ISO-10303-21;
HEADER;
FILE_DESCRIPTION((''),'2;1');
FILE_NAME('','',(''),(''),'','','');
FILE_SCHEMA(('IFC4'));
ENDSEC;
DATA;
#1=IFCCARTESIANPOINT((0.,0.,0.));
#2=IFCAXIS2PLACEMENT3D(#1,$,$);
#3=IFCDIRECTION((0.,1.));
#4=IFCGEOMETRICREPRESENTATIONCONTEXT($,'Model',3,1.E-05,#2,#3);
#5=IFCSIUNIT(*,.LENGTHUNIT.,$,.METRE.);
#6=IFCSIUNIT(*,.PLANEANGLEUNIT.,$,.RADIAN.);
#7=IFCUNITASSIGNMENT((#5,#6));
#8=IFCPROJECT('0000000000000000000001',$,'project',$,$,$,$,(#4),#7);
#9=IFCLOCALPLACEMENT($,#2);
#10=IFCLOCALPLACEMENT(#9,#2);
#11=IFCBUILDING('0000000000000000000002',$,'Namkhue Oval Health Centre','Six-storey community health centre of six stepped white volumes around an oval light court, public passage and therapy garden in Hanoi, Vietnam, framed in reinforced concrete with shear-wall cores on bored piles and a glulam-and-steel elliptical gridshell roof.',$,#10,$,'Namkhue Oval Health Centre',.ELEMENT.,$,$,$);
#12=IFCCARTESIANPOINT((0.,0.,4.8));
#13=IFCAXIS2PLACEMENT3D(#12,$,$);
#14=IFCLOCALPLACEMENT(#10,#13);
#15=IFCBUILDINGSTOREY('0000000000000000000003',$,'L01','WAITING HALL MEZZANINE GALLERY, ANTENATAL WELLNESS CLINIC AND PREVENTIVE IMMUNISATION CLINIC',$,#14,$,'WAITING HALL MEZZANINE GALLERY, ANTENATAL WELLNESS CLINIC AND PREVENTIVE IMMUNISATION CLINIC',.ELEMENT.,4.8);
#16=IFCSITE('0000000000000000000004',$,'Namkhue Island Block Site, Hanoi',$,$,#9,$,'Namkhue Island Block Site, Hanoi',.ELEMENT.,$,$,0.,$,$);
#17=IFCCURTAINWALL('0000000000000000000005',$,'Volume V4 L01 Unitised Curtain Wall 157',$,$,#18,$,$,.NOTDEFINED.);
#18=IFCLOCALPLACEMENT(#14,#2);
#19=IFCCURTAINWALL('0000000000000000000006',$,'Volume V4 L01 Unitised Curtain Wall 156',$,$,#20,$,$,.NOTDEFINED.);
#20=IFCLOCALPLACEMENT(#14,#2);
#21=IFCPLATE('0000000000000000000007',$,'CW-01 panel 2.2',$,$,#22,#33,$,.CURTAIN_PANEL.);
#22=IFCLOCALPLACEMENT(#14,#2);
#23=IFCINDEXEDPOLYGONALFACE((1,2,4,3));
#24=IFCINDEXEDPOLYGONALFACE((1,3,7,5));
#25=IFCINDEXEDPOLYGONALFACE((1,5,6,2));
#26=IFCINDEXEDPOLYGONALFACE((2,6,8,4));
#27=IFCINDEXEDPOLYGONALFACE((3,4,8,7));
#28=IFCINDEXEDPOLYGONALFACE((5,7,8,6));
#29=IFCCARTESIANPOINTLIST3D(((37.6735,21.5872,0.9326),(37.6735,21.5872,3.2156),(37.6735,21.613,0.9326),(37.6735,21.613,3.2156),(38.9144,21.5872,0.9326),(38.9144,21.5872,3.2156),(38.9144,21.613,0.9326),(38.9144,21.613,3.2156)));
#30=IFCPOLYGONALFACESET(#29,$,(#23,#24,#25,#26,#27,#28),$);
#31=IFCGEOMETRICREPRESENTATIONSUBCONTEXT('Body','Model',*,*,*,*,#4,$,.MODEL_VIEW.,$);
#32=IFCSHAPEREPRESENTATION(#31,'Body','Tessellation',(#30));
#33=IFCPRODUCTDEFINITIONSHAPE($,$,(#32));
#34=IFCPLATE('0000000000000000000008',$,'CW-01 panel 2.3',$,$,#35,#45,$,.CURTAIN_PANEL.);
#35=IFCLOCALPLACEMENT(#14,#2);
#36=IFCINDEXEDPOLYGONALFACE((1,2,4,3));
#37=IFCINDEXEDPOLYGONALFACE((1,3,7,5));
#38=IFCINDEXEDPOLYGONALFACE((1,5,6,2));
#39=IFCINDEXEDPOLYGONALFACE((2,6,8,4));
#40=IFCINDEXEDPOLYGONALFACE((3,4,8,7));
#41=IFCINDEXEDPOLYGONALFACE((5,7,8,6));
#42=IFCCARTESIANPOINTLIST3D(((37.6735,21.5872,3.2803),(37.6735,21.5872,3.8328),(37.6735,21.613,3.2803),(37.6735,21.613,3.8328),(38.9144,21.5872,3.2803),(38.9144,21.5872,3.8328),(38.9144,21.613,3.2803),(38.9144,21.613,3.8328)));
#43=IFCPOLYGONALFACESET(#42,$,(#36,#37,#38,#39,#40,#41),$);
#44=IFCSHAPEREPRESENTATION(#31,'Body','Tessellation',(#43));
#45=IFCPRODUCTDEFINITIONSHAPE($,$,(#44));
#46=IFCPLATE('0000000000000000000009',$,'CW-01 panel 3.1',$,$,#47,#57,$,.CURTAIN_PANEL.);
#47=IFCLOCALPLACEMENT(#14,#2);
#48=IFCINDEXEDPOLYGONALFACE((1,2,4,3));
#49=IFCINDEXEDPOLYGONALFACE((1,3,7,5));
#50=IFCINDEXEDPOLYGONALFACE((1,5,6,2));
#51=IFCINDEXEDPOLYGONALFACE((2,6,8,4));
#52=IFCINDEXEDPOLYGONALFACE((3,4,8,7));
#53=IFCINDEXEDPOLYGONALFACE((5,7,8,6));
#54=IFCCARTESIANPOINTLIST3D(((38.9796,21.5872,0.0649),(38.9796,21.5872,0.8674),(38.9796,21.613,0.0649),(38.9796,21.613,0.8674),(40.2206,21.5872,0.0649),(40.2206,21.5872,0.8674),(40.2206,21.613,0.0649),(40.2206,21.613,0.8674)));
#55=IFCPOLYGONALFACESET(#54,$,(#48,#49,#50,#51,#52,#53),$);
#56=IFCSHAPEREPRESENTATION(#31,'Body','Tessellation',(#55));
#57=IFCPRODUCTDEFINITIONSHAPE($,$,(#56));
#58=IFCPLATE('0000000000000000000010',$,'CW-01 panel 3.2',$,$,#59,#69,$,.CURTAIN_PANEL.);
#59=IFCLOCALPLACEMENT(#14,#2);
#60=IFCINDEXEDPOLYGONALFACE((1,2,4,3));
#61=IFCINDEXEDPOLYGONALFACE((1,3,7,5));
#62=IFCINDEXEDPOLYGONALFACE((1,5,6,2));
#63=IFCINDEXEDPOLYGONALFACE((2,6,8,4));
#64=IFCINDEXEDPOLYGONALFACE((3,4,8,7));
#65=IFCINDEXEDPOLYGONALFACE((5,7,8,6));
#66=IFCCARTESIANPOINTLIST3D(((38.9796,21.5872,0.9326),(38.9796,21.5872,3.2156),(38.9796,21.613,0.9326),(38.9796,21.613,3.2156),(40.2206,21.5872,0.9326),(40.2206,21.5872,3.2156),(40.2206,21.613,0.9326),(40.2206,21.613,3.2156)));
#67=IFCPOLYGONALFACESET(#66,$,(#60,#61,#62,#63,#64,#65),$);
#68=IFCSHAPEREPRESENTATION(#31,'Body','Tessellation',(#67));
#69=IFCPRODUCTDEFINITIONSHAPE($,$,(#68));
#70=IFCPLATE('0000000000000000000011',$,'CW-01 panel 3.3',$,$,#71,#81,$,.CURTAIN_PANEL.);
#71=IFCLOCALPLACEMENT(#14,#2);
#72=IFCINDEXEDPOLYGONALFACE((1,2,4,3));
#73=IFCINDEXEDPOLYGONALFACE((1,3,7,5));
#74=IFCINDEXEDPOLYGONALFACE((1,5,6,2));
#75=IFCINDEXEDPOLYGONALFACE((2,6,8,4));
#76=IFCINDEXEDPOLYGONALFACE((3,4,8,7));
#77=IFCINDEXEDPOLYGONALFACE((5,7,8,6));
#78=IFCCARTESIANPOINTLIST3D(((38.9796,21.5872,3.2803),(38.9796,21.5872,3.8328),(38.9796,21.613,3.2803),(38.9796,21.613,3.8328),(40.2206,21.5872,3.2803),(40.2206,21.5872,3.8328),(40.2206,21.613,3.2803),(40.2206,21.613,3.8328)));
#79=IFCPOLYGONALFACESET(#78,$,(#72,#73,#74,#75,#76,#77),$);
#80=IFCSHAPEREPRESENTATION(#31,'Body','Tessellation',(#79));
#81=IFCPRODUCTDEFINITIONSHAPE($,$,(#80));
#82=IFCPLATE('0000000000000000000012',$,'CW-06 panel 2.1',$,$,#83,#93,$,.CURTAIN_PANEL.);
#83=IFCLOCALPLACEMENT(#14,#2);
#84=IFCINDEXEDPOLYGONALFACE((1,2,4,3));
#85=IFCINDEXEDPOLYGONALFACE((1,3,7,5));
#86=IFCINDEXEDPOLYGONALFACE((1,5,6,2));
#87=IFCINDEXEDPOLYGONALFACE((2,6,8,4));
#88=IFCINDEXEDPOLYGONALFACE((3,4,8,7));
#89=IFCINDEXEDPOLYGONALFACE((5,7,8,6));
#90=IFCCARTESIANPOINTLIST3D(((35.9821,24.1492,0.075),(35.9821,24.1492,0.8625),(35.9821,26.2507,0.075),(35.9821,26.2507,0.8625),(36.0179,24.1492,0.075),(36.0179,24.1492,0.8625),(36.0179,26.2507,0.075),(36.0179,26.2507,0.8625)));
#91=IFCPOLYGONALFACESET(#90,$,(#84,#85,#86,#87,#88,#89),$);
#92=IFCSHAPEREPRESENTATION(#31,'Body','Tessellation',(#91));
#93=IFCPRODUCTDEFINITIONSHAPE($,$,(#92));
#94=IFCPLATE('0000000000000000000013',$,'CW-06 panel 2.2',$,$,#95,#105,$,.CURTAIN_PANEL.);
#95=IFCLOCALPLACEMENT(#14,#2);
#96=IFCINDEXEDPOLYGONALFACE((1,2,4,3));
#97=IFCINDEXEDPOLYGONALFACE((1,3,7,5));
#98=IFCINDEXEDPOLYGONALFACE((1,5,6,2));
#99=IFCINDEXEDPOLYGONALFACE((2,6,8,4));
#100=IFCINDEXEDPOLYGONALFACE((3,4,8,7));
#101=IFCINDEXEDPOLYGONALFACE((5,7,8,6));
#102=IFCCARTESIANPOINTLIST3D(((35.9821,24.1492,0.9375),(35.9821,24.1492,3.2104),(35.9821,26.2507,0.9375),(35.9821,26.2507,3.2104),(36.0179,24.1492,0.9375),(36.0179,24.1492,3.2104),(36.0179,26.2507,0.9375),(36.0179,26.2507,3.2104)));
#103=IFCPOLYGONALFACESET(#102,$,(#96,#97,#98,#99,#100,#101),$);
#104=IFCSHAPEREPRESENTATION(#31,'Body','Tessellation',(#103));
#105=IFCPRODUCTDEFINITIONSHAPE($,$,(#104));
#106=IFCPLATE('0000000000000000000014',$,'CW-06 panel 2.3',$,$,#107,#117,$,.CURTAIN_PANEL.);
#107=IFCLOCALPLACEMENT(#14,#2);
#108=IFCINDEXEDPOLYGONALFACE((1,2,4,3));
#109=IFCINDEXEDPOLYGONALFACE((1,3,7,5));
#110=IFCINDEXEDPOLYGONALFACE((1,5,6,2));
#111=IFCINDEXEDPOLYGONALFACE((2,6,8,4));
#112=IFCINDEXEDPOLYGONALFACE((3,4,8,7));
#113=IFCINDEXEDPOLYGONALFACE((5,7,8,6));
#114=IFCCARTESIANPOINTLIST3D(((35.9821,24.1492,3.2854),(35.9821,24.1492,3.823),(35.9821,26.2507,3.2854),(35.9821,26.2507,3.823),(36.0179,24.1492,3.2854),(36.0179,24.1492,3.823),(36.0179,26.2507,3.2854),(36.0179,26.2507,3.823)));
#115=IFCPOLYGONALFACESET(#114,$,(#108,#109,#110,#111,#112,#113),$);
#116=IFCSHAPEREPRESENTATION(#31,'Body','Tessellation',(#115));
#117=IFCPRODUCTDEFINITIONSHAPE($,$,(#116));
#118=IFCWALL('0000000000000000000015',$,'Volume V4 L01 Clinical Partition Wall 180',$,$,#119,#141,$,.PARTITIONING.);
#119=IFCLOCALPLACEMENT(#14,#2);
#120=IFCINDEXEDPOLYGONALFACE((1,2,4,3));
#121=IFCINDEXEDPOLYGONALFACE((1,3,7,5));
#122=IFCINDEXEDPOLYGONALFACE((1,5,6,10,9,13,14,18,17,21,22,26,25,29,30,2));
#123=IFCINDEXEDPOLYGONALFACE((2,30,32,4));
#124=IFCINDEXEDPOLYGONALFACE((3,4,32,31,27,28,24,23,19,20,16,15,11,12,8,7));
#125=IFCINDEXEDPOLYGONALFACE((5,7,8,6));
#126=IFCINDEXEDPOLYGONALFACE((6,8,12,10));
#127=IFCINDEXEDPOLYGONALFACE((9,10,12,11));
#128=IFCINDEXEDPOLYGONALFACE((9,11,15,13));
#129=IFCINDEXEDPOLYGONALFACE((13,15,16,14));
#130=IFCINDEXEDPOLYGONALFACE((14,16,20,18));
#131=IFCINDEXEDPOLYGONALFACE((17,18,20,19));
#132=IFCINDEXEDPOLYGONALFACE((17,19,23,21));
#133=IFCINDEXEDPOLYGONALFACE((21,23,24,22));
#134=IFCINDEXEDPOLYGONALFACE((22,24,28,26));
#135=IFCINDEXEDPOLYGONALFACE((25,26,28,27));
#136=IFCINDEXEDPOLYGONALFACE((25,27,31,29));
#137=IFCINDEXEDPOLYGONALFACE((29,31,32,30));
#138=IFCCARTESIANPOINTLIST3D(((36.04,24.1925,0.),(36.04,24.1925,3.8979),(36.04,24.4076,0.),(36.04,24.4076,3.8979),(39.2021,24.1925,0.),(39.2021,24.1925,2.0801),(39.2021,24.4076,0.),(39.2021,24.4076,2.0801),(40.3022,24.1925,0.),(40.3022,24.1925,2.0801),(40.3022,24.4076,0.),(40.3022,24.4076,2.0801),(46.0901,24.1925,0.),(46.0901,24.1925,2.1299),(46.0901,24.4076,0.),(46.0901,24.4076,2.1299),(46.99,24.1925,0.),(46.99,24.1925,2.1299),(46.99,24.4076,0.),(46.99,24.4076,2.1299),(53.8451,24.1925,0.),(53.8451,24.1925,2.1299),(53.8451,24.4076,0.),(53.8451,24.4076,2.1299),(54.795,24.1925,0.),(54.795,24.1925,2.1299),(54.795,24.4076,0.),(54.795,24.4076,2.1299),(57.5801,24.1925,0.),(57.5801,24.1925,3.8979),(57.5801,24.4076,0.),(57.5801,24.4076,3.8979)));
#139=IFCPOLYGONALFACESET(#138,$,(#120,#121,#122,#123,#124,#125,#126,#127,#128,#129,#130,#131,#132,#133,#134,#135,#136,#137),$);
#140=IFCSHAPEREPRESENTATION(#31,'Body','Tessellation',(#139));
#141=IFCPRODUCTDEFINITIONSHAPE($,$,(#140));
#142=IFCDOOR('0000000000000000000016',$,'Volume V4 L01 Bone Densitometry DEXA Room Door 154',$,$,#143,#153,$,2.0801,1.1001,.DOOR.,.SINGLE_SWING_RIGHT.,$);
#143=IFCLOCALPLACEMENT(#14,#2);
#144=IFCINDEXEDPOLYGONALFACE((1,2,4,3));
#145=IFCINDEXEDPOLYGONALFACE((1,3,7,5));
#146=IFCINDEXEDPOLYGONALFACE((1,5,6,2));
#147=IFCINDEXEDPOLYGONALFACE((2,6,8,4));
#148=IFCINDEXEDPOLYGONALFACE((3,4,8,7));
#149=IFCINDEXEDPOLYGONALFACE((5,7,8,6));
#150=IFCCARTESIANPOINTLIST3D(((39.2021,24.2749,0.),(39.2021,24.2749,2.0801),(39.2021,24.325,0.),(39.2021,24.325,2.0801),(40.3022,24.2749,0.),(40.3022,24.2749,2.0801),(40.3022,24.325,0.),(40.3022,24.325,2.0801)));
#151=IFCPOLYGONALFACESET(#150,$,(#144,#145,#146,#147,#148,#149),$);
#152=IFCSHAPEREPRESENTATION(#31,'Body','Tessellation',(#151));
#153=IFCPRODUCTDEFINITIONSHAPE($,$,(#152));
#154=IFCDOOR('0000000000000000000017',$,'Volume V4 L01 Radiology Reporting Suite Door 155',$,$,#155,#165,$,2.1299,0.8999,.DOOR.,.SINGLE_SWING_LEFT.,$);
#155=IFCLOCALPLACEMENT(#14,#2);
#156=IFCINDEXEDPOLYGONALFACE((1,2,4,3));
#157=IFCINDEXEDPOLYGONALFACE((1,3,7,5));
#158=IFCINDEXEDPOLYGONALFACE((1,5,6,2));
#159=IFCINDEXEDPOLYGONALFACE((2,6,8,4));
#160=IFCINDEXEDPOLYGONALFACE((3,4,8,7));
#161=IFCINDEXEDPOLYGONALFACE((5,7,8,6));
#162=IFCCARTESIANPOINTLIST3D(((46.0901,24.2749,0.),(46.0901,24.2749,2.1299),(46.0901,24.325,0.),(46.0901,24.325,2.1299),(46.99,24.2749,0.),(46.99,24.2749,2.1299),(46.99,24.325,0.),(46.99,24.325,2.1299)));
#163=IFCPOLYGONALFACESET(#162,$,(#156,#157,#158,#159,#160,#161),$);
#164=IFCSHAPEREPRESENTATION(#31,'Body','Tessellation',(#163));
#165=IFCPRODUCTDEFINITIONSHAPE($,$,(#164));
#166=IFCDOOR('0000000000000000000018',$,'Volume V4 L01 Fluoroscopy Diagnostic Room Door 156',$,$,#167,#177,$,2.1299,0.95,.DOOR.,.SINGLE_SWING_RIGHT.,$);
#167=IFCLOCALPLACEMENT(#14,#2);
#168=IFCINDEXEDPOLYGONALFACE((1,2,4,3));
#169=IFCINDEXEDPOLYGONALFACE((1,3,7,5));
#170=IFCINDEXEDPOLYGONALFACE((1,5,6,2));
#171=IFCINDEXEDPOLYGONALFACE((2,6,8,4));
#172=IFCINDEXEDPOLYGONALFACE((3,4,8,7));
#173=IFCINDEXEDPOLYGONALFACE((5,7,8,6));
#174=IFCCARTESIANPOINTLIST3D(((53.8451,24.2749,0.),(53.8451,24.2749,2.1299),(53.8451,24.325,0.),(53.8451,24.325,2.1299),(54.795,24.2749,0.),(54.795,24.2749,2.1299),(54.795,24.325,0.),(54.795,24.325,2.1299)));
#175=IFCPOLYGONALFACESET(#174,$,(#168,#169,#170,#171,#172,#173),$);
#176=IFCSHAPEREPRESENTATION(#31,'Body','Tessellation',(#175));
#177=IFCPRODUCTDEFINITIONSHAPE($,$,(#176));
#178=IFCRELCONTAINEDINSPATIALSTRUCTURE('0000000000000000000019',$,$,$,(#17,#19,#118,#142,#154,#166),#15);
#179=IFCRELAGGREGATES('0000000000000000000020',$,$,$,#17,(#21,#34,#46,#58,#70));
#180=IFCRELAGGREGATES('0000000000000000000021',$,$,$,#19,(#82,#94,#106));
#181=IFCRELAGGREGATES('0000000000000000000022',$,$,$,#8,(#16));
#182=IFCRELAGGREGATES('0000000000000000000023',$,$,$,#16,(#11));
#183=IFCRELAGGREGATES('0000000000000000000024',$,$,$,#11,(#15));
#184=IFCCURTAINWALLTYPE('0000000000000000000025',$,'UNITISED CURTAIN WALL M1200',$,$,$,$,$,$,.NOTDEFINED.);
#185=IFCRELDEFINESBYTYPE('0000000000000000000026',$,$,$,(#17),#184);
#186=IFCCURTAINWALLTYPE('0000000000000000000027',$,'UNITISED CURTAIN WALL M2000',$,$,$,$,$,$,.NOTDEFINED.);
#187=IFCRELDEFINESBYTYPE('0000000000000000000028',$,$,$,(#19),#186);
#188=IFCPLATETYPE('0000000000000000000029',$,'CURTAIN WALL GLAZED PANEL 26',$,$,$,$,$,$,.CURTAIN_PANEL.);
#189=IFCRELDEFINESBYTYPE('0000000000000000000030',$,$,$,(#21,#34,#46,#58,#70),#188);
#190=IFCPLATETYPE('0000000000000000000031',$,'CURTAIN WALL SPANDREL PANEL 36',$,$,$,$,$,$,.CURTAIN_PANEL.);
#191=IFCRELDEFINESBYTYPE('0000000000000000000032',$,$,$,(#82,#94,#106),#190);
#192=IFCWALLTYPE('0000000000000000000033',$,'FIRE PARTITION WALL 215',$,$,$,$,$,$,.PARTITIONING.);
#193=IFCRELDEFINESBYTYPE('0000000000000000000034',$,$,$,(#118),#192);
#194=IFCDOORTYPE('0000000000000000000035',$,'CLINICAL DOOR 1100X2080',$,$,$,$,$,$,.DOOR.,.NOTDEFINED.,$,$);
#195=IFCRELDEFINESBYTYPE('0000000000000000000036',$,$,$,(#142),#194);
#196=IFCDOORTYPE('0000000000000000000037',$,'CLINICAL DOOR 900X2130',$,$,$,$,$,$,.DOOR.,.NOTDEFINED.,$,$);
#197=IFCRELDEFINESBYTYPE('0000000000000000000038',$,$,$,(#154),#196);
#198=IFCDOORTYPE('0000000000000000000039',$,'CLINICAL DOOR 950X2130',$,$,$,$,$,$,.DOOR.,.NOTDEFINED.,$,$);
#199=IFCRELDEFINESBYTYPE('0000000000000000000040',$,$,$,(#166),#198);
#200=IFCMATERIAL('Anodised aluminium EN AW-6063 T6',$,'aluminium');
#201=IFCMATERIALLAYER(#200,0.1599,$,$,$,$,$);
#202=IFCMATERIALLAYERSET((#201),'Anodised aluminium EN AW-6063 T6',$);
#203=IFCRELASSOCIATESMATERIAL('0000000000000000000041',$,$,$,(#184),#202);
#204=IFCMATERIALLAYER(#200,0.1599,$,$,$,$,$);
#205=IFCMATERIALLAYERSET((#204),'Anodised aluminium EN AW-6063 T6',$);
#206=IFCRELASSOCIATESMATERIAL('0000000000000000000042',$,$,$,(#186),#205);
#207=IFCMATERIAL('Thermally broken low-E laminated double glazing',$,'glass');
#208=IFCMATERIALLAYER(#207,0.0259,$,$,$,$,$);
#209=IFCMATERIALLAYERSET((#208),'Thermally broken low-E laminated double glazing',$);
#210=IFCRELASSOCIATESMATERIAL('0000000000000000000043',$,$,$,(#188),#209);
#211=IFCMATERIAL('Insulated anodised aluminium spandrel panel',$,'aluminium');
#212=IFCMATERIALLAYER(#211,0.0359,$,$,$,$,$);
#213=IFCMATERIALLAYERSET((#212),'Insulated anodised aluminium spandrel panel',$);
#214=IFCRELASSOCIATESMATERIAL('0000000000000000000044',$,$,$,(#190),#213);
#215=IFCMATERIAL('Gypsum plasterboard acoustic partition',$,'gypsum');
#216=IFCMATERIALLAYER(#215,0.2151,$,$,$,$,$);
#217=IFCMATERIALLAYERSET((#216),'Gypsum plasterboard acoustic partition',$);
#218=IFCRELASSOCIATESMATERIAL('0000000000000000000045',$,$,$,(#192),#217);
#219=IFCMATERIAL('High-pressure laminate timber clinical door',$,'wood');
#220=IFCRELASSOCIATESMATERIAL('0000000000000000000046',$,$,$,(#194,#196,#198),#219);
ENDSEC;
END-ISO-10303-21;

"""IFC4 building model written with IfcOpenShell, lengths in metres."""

from ifc_helpers import new_model, si_unit, direction, frame, frame_2d, origin, origin_2d, place, context, subcontext, project, spatial, rectangle, extrude, material, layer, layer_set, type_object, element, fill, aggregate, save


model = new_model("IFC4")

# Units and contexts
model_context = context("Model", 3, precision=1e-05, world=origin(), true_north=direction((0.0, 1.0)))
body_context = subcontext(model_context, "Body", "Model", "MODEL_VIEW")
ifc_project = project(units=[si_unit("LENGTHUNIT", "METRE"), si_unit("PLANEANGLEUNIT", "RADIAN")], contexts=[model_context])

# Site, building, storey
site_placement = place(None, origin())
site = spatial("IfcSite", under=ifc_project, at=site_placement, Name="Namkhue Island Block Site, Hanoi", LongName="Namkhue Island Block Site, Hanoi", CompositionType="ELEMENT", RefElevation=0.0)
building_placement = place(site_placement, origin())
building = spatial("IfcBuilding", under=site, at=building_placement, Name="Namkhue Oval Health Centre", Description="Six-storey community health centre of six stepped white volumes around an oval light court, public passage and therapy garden in Hanoi, Vietnam, framed in reinforced concrete with shear-wall cores on bored piles and a glulam-and-steel elliptical gridshell roof.", LongName="Namkhue Oval Health Centre", CompositionType="ELEMENT")
storey_placement = place(building_placement, frame((0.0, 0.0, 4.8)))
storey = spatial("IfcBuildingStorey", under=building, at=storey_placement, Name="L01", Description="WAITING HALL MEZZANINE GALLERY, ANTENATAL WELLNESS CLINIC AND PREVENTIVE IMMUNISATION CLINIC", LongName="WAITING HALL MEZZANINE GALLERY, ANTENATAL WELLNESS CLINIC AND PREVENTIVE IMMUNISATION CLINIC", CompositionType="ELEMENT", Elevation=4.8)

# Curtain wall
ifc_material_1 = material(Name="Anodised aluminium EN AW-6063 T6", Category="aluminium")
ifc_layer_1 = layer(ifc_material_1, 0.1599)
ifc_layer_set_1 = layer_set([ifc_layer_1], Name="Anodised aluminium EN AW-6063 T6")
curtain_wall_type_1 = type_object("IfcCurtainWallType", Name="UNITISED CURTAIN WALL M1200", PredefinedType="NOTDEFINED", material=ifc_layer_set_1)
curtain_wall_1_placement = place(storey_placement, origin())
curtain_wall_1 = element("IfcCurtainWall", 1, at=curtain_wall_1_placement, inside=storey, type_object=curtain_wall_type_1, Name="Volume V4 L01 Unitised Curtain Wall 157", PredefinedType="NOTDEFINED")

# Curtain wall
ifc_layer_2 = layer(ifc_material_1, 0.1599)
ifc_layer_set_2 = layer_set([ifc_layer_2], Name="Anodised aluminium EN AW-6063 T6")
curtain_wall_type_2 = type_object("IfcCurtainWallType", Name="UNITISED CURTAIN WALL M2000", PredefinedType="NOTDEFINED", material=ifc_layer_set_2)
curtain_wall_2_placement = place(storey_placement, origin())
curtain_wall_2 = element("IfcCurtainWall", 2, at=curtain_wall_2_placement, inside=storey, type_object=curtain_wall_type_2, Name="Volume V4 L01 Unitised Curtain Wall 156", PredefinedType="NOTDEFINED")

# Plates
ifc_material_2 = material(Name="Thermally broken low-E laminated double glazing", Category="glass")
ifc_layer_3 = layer(ifc_material_2, 0.0259)
ifc_layer_set_3 = layer_set([ifc_layer_3], Name="Thermally broken low-E laminated double glazing")
plate_type_1 = type_object("IfcPlateType", Name="CURTAIN WALL GLAZED PANEL 26", PredefinedType="CURTAIN_PANEL", material=ifc_layer_set_3)
plate_1_placement = place(storey_placement, frame((38.2939, 21.6001, 0.9326), z_axis=(0.0, 0.0, 1.0), x_axis=(1.0, 0.0, 0.0)))
plate_1 = element("IfcPlate", 3, at=plate_1_placement, type_object=plate_type_1, Name="CW-01 panel 2.2", PredefinedType="CURTAIN_PANEL", context=body_context, shape_type="SweptSolid", body=[
    extrude(rectangle(XDim=1.241, YDim=0.0259, at=origin_2d()), origin(), (0.0, 0.0, 1.0), 2.283),
])
plate_2_placement = place(storey_placement, frame((38.2939, 21.6001, 3.2803), z_axis=(0.0, 0.0, 1.0), x_axis=(1.0, 0.0, 0.0)))
plate_2 = element("IfcPlate", 4, at=plate_2_placement, type_object=plate_type_1, Name="CW-01 panel 2.3", PredefinedType="CURTAIN_PANEL", context=body_context, shape_type="SweptSolid", body=[
    extrude(rectangle(XDim=1.241, YDim=0.0259, at=origin_2d()), origin(), (0.0, 0.0, 1.0), 0.5525),
])
plate_3_placement = place(storey_placement, frame((39.6001, 21.6001, 0.0649), z_axis=(0.0, 0.0, 1.0), x_axis=(1.0, 0.0, 0.0)))
plate_3 = element("IfcPlate", 5, at=plate_3_placement, type_object=plate_type_1, Name="CW-01 panel 3.1", PredefinedType="CURTAIN_PANEL", context=body_context, shape_type="SweptSolid", body=[
    extrude(rectangle(XDim=1.241, YDim=0.0259, at=origin_2d()), origin(), (0.0, 0.0, 1.0), 0.8025),
])
plate_4_placement = place(storey_placement, frame((39.6001, 21.6001, 0.9326), z_axis=(0.0, 0.0, 1.0), x_axis=(1.0, 0.0, 0.0)))
plate_4 = element("IfcPlate", 6, at=plate_4_placement, type_object=plate_type_1, Name="CW-01 panel 3.2", PredefinedType="CURTAIN_PANEL", context=body_context, shape_type="SweptSolid", body=[
    extrude(rectangle(XDim=1.241, YDim=0.0259, at=origin_2d()), origin(), (0.0, 0.0, 1.0), 2.283),
])
plate_5_placement = place(storey_placement, frame((39.6001, 21.6001, 3.2803), z_axis=(0.0, 0.0, 1.0), x_axis=(1.0, 0.0, 0.0)))
plate_5 = element("IfcPlate", 7, at=plate_5_placement, type_object=plate_type_1, Name="CW-01 panel 3.3", PredefinedType="CURTAIN_PANEL", context=body_context, shape_type="SweptSolid", body=[
    extrude(rectangle(XDim=1.241, YDim=0.0259, at=origin_2d()), origin(), (0.0, 0.0, 1.0), 0.5525),
])
aggregate(curtain_wall_1, [plate_1, plate_2, plate_3, plate_4, plate_5])
ifc_material_3 = material(Name="Insulated anodised aluminium spandrel panel", Category="aluminium")
ifc_layer_4 = layer(ifc_material_3, 0.0359)
ifc_layer_set_4 = layer_set([ifc_layer_4], Name="Insulated anodised aluminium spandrel panel")
plate_type_2 = type_object("IfcPlateType", Name="CURTAIN WALL SPANDREL PANEL 36", PredefinedType="CURTAIN_PANEL", material=ifc_layer_set_4)
plate_6_placement = place(storey_placement, frame((36.0, 25.2, 0.075), z_axis=(0.0, 0.0, 1.0), x_axis=(0.0, -1.0, 0.0)))
plate_6 = element("IfcPlate", 8, at=plate_6_placement, type_object=plate_type_2, Name="CW-06 panel 2.1", PredefinedType="CURTAIN_PANEL", context=body_context, shape_type="SweptSolid", body=[
    extrude(rectangle(XDim=2.1016, YDim=0.0359, at=origin_2d()), origin(), (0.0, 0.0, 1.0), 0.7876),
])
plate_7_placement = place(storey_placement, frame((36.0, 25.2, 0.9375), z_axis=(0.0, 0.0, 1.0), x_axis=(0.0, -1.0, 0.0)))
plate_7 = element("IfcPlate", 9, at=plate_7_placement, type_object=plate_type_2, Name="CW-06 panel 2.2", PredefinedType="CURTAIN_PANEL", context=body_context, shape_type="SweptSolid", body=[
    extrude(rectangle(XDim=2.1016, YDim=0.0359, at=origin_2d()), origin(), (0.0, 0.0, 1.0), 2.2729),
])
plate_8_placement = place(storey_placement, frame((36.0, 25.2, 3.2854), z_axis=(0.0, 0.0, 1.0), x_axis=(0.0, -1.0, 0.0)))
plate_8 = element("IfcPlate", 10, at=plate_8_placement, type_object=plate_type_2, Name="CW-06 panel 2.3", PredefinedType="CURTAIN_PANEL", context=body_context, shape_type="SweptSolid", body=[
    extrude(rectangle(XDim=2.1016, YDim=0.0359, at=origin_2d()), origin(), (0.0, 0.0, 1.0), 0.5376),
])
aggregate(curtain_wall_2, [plate_6, plate_7, plate_8])

# Wall, openings, doors
ifc_material_4 = material(Name="Gypsum plasterboard acoustic partition", Category="gypsum")
ifc_layer_5 = layer(ifc_material_4, 0.2151)
ifc_layer_set_5 = layer_set([ifc_layer_5], Name="Gypsum plasterboard acoustic partition")
wall_type = type_object("IfcWallType", Name="FIRE PARTITION WALL 215", PredefinedType="PARTITIONING", material=ifc_layer_set_5)
wall_placement = place(storey_placement, frame((36.04, 24.3, 0.0), z_axis=(0.0, 0.0, 1.0), x_axis=(1.0, 0.0, 0.0)))
wall = element("IfcWall", 11, at=wall_placement, inside=storey, type_object=wall_type, Name="Volume V4 L01 Clinical Partition Wall 180", PredefinedType="PARTITIONING", context=body_context, shape_type="SweptSolid", body=[
    extrude(rectangle(XDim=21.54, YDim=0.2151, at=frame_2d((10.77, 0.0))), origin(), (0.0, 0.0, 1.0), 3.8979),
])
opening_1_placement = place(wall_placement, frame((3.1621, 0.0, 0.0)))
opening_1 = element("IfcOpeningElement", 12, at=opening_1_placement, cuts=wall, PredefinedType="OPENING", context=body_context, shape_type="SweptSolid", body=[
    extrude(rectangle(XDim=1.1001, YDim=2.0801, at=frame_2d((0.55, 1.04))), frame((0.0, 0.1174, 0.0), z_axis=(0.0, -1.0, 0.0), x_axis=(1.0, 0.0, 0.0)), (0.0, 0.0, 1.0), 0.2351),
])
opening_2_placement = place(wall_placement, frame((10.05, 0.0, 0.0)))
opening_2 = element("IfcOpeningElement", 13, at=opening_2_placement, cuts=wall, PredefinedType="OPENING", context=body_context, shape_type="SweptSolid", body=[
    extrude(rectangle(XDim=0.8999, YDim=2.1299, at=frame_2d((0.45, 1.0649))), frame((0.0, 0.1174, 0.0), z_axis=(0.0, -1.0, 0.0), x_axis=(1.0, 0.0, 0.0)), (0.0, 0.0, 1.0), 0.2351),
])
opening_3_placement = place(wall_placement, frame((17.8049, 0.0, 0.0)))
opening_3 = element("IfcOpeningElement", 14, at=opening_3_placement, cuts=wall, PredefinedType="OPENING", context=body_context, shape_type="SweptSolid", body=[
    extrude(rectangle(XDim=0.95, YDim=2.1299, at=frame_2d((0.4751, 1.0649))), frame((0.0, 0.1174, 0.0), z_axis=(0.0, -1.0, 0.0), x_axis=(1.0, 0.0, 0.0)), (0.0, 0.0, 1.0), 0.2351),
])
ifc_material_5 = material(Name="High-pressure laminate timber clinical door", Category="wood")
door_type_1 = type_object("IfcDoorType", Name="CLINICAL DOOR 1100X2080", OperationType="NOTDEFINED", PredefinedType="DOOR", material=ifc_material_5)
door_1_placement = place(opening_1_placement, origin())
door_1 = element("IfcDoor", 15, at=door_1_placement, inside=storey, type_object=door_type_1, Name="Volume V4 L01 Bone Densitometry DEXA Room Door 154", OperationType="SINGLE_SWING_RIGHT", OverallHeight=2.0801, OverallWidth=1.1001, PredefinedType="DOOR", context=body_context, shape_type="SweptSolid", body=[
    extrude(rectangle(XDim=1.1001, YDim=2.0801, at=frame_2d((0.55, 1.04))), frame((0.0, 0.0249, 0.0), z_axis=(0.0, -1.0, 0.0), x_axis=(1.0, 0.0, 0.0)), (0.0, 0.0, 1.0), 0.05),
])
fill(opening_1, door_1)
door_type_2 = type_object("IfcDoorType", Name="CLINICAL DOOR 900X2130", OperationType="NOTDEFINED", PredefinedType="DOOR", material=ifc_material_5)
door_2_placement = place(opening_2_placement, origin())
door_2 = element("IfcDoor", 16, at=door_2_placement, inside=storey, type_object=door_type_2, Name="Volume V4 L01 Radiology Reporting Suite Door 155", OperationType="SINGLE_SWING_LEFT", OverallHeight=2.1299, OverallWidth=0.8999, PredefinedType="DOOR", context=body_context, shape_type="SweptSolid", body=[
    extrude(rectangle(XDim=0.8999, YDim=2.1299, at=frame_2d((0.45, 1.0649))), frame((0.0, 0.0249, 0.0), z_axis=(0.0, -1.0, 0.0), x_axis=(1.0, 0.0, 0.0)), (0.0, 0.0, 1.0), 0.05),
])
fill(opening_2, door_2)
door_type_3 = type_object("IfcDoorType", Name="CLINICAL DOOR 950X2130", OperationType="NOTDEFINED", PredefinedType="DOOR", material=ifc_material_5)
door_3_placement = place(opening_3_placement, origin())
door_3 = element("IfcDoor", 17, at=door_3_placement, inside=storey, type_object=door_type_3, Name="Volume V4 L01 Fluoroscopy Diagnostic Room Door 156", OperationType="SINGLE_SWING_RIGHT", OverallHeight=2.1299, OverallWidth=0.95, PredefinedType="DOOR", context=body_context, shape_type="SweptSolid", body=[
    extrude(rectangle(XDim=0.95, YDim=2.1299, at=frame_2d((0.4751, 1.0649))), frame((0.0, 0.0249, 0.0), z_axis=(0.0, -1.0, 0.0), x_axis=(1.0, 0.0, 0.0)), (0.0, 0.0, 1.0), 0.05),
])
fill(opening_3, door_3)

save(model, "model.ifc")
